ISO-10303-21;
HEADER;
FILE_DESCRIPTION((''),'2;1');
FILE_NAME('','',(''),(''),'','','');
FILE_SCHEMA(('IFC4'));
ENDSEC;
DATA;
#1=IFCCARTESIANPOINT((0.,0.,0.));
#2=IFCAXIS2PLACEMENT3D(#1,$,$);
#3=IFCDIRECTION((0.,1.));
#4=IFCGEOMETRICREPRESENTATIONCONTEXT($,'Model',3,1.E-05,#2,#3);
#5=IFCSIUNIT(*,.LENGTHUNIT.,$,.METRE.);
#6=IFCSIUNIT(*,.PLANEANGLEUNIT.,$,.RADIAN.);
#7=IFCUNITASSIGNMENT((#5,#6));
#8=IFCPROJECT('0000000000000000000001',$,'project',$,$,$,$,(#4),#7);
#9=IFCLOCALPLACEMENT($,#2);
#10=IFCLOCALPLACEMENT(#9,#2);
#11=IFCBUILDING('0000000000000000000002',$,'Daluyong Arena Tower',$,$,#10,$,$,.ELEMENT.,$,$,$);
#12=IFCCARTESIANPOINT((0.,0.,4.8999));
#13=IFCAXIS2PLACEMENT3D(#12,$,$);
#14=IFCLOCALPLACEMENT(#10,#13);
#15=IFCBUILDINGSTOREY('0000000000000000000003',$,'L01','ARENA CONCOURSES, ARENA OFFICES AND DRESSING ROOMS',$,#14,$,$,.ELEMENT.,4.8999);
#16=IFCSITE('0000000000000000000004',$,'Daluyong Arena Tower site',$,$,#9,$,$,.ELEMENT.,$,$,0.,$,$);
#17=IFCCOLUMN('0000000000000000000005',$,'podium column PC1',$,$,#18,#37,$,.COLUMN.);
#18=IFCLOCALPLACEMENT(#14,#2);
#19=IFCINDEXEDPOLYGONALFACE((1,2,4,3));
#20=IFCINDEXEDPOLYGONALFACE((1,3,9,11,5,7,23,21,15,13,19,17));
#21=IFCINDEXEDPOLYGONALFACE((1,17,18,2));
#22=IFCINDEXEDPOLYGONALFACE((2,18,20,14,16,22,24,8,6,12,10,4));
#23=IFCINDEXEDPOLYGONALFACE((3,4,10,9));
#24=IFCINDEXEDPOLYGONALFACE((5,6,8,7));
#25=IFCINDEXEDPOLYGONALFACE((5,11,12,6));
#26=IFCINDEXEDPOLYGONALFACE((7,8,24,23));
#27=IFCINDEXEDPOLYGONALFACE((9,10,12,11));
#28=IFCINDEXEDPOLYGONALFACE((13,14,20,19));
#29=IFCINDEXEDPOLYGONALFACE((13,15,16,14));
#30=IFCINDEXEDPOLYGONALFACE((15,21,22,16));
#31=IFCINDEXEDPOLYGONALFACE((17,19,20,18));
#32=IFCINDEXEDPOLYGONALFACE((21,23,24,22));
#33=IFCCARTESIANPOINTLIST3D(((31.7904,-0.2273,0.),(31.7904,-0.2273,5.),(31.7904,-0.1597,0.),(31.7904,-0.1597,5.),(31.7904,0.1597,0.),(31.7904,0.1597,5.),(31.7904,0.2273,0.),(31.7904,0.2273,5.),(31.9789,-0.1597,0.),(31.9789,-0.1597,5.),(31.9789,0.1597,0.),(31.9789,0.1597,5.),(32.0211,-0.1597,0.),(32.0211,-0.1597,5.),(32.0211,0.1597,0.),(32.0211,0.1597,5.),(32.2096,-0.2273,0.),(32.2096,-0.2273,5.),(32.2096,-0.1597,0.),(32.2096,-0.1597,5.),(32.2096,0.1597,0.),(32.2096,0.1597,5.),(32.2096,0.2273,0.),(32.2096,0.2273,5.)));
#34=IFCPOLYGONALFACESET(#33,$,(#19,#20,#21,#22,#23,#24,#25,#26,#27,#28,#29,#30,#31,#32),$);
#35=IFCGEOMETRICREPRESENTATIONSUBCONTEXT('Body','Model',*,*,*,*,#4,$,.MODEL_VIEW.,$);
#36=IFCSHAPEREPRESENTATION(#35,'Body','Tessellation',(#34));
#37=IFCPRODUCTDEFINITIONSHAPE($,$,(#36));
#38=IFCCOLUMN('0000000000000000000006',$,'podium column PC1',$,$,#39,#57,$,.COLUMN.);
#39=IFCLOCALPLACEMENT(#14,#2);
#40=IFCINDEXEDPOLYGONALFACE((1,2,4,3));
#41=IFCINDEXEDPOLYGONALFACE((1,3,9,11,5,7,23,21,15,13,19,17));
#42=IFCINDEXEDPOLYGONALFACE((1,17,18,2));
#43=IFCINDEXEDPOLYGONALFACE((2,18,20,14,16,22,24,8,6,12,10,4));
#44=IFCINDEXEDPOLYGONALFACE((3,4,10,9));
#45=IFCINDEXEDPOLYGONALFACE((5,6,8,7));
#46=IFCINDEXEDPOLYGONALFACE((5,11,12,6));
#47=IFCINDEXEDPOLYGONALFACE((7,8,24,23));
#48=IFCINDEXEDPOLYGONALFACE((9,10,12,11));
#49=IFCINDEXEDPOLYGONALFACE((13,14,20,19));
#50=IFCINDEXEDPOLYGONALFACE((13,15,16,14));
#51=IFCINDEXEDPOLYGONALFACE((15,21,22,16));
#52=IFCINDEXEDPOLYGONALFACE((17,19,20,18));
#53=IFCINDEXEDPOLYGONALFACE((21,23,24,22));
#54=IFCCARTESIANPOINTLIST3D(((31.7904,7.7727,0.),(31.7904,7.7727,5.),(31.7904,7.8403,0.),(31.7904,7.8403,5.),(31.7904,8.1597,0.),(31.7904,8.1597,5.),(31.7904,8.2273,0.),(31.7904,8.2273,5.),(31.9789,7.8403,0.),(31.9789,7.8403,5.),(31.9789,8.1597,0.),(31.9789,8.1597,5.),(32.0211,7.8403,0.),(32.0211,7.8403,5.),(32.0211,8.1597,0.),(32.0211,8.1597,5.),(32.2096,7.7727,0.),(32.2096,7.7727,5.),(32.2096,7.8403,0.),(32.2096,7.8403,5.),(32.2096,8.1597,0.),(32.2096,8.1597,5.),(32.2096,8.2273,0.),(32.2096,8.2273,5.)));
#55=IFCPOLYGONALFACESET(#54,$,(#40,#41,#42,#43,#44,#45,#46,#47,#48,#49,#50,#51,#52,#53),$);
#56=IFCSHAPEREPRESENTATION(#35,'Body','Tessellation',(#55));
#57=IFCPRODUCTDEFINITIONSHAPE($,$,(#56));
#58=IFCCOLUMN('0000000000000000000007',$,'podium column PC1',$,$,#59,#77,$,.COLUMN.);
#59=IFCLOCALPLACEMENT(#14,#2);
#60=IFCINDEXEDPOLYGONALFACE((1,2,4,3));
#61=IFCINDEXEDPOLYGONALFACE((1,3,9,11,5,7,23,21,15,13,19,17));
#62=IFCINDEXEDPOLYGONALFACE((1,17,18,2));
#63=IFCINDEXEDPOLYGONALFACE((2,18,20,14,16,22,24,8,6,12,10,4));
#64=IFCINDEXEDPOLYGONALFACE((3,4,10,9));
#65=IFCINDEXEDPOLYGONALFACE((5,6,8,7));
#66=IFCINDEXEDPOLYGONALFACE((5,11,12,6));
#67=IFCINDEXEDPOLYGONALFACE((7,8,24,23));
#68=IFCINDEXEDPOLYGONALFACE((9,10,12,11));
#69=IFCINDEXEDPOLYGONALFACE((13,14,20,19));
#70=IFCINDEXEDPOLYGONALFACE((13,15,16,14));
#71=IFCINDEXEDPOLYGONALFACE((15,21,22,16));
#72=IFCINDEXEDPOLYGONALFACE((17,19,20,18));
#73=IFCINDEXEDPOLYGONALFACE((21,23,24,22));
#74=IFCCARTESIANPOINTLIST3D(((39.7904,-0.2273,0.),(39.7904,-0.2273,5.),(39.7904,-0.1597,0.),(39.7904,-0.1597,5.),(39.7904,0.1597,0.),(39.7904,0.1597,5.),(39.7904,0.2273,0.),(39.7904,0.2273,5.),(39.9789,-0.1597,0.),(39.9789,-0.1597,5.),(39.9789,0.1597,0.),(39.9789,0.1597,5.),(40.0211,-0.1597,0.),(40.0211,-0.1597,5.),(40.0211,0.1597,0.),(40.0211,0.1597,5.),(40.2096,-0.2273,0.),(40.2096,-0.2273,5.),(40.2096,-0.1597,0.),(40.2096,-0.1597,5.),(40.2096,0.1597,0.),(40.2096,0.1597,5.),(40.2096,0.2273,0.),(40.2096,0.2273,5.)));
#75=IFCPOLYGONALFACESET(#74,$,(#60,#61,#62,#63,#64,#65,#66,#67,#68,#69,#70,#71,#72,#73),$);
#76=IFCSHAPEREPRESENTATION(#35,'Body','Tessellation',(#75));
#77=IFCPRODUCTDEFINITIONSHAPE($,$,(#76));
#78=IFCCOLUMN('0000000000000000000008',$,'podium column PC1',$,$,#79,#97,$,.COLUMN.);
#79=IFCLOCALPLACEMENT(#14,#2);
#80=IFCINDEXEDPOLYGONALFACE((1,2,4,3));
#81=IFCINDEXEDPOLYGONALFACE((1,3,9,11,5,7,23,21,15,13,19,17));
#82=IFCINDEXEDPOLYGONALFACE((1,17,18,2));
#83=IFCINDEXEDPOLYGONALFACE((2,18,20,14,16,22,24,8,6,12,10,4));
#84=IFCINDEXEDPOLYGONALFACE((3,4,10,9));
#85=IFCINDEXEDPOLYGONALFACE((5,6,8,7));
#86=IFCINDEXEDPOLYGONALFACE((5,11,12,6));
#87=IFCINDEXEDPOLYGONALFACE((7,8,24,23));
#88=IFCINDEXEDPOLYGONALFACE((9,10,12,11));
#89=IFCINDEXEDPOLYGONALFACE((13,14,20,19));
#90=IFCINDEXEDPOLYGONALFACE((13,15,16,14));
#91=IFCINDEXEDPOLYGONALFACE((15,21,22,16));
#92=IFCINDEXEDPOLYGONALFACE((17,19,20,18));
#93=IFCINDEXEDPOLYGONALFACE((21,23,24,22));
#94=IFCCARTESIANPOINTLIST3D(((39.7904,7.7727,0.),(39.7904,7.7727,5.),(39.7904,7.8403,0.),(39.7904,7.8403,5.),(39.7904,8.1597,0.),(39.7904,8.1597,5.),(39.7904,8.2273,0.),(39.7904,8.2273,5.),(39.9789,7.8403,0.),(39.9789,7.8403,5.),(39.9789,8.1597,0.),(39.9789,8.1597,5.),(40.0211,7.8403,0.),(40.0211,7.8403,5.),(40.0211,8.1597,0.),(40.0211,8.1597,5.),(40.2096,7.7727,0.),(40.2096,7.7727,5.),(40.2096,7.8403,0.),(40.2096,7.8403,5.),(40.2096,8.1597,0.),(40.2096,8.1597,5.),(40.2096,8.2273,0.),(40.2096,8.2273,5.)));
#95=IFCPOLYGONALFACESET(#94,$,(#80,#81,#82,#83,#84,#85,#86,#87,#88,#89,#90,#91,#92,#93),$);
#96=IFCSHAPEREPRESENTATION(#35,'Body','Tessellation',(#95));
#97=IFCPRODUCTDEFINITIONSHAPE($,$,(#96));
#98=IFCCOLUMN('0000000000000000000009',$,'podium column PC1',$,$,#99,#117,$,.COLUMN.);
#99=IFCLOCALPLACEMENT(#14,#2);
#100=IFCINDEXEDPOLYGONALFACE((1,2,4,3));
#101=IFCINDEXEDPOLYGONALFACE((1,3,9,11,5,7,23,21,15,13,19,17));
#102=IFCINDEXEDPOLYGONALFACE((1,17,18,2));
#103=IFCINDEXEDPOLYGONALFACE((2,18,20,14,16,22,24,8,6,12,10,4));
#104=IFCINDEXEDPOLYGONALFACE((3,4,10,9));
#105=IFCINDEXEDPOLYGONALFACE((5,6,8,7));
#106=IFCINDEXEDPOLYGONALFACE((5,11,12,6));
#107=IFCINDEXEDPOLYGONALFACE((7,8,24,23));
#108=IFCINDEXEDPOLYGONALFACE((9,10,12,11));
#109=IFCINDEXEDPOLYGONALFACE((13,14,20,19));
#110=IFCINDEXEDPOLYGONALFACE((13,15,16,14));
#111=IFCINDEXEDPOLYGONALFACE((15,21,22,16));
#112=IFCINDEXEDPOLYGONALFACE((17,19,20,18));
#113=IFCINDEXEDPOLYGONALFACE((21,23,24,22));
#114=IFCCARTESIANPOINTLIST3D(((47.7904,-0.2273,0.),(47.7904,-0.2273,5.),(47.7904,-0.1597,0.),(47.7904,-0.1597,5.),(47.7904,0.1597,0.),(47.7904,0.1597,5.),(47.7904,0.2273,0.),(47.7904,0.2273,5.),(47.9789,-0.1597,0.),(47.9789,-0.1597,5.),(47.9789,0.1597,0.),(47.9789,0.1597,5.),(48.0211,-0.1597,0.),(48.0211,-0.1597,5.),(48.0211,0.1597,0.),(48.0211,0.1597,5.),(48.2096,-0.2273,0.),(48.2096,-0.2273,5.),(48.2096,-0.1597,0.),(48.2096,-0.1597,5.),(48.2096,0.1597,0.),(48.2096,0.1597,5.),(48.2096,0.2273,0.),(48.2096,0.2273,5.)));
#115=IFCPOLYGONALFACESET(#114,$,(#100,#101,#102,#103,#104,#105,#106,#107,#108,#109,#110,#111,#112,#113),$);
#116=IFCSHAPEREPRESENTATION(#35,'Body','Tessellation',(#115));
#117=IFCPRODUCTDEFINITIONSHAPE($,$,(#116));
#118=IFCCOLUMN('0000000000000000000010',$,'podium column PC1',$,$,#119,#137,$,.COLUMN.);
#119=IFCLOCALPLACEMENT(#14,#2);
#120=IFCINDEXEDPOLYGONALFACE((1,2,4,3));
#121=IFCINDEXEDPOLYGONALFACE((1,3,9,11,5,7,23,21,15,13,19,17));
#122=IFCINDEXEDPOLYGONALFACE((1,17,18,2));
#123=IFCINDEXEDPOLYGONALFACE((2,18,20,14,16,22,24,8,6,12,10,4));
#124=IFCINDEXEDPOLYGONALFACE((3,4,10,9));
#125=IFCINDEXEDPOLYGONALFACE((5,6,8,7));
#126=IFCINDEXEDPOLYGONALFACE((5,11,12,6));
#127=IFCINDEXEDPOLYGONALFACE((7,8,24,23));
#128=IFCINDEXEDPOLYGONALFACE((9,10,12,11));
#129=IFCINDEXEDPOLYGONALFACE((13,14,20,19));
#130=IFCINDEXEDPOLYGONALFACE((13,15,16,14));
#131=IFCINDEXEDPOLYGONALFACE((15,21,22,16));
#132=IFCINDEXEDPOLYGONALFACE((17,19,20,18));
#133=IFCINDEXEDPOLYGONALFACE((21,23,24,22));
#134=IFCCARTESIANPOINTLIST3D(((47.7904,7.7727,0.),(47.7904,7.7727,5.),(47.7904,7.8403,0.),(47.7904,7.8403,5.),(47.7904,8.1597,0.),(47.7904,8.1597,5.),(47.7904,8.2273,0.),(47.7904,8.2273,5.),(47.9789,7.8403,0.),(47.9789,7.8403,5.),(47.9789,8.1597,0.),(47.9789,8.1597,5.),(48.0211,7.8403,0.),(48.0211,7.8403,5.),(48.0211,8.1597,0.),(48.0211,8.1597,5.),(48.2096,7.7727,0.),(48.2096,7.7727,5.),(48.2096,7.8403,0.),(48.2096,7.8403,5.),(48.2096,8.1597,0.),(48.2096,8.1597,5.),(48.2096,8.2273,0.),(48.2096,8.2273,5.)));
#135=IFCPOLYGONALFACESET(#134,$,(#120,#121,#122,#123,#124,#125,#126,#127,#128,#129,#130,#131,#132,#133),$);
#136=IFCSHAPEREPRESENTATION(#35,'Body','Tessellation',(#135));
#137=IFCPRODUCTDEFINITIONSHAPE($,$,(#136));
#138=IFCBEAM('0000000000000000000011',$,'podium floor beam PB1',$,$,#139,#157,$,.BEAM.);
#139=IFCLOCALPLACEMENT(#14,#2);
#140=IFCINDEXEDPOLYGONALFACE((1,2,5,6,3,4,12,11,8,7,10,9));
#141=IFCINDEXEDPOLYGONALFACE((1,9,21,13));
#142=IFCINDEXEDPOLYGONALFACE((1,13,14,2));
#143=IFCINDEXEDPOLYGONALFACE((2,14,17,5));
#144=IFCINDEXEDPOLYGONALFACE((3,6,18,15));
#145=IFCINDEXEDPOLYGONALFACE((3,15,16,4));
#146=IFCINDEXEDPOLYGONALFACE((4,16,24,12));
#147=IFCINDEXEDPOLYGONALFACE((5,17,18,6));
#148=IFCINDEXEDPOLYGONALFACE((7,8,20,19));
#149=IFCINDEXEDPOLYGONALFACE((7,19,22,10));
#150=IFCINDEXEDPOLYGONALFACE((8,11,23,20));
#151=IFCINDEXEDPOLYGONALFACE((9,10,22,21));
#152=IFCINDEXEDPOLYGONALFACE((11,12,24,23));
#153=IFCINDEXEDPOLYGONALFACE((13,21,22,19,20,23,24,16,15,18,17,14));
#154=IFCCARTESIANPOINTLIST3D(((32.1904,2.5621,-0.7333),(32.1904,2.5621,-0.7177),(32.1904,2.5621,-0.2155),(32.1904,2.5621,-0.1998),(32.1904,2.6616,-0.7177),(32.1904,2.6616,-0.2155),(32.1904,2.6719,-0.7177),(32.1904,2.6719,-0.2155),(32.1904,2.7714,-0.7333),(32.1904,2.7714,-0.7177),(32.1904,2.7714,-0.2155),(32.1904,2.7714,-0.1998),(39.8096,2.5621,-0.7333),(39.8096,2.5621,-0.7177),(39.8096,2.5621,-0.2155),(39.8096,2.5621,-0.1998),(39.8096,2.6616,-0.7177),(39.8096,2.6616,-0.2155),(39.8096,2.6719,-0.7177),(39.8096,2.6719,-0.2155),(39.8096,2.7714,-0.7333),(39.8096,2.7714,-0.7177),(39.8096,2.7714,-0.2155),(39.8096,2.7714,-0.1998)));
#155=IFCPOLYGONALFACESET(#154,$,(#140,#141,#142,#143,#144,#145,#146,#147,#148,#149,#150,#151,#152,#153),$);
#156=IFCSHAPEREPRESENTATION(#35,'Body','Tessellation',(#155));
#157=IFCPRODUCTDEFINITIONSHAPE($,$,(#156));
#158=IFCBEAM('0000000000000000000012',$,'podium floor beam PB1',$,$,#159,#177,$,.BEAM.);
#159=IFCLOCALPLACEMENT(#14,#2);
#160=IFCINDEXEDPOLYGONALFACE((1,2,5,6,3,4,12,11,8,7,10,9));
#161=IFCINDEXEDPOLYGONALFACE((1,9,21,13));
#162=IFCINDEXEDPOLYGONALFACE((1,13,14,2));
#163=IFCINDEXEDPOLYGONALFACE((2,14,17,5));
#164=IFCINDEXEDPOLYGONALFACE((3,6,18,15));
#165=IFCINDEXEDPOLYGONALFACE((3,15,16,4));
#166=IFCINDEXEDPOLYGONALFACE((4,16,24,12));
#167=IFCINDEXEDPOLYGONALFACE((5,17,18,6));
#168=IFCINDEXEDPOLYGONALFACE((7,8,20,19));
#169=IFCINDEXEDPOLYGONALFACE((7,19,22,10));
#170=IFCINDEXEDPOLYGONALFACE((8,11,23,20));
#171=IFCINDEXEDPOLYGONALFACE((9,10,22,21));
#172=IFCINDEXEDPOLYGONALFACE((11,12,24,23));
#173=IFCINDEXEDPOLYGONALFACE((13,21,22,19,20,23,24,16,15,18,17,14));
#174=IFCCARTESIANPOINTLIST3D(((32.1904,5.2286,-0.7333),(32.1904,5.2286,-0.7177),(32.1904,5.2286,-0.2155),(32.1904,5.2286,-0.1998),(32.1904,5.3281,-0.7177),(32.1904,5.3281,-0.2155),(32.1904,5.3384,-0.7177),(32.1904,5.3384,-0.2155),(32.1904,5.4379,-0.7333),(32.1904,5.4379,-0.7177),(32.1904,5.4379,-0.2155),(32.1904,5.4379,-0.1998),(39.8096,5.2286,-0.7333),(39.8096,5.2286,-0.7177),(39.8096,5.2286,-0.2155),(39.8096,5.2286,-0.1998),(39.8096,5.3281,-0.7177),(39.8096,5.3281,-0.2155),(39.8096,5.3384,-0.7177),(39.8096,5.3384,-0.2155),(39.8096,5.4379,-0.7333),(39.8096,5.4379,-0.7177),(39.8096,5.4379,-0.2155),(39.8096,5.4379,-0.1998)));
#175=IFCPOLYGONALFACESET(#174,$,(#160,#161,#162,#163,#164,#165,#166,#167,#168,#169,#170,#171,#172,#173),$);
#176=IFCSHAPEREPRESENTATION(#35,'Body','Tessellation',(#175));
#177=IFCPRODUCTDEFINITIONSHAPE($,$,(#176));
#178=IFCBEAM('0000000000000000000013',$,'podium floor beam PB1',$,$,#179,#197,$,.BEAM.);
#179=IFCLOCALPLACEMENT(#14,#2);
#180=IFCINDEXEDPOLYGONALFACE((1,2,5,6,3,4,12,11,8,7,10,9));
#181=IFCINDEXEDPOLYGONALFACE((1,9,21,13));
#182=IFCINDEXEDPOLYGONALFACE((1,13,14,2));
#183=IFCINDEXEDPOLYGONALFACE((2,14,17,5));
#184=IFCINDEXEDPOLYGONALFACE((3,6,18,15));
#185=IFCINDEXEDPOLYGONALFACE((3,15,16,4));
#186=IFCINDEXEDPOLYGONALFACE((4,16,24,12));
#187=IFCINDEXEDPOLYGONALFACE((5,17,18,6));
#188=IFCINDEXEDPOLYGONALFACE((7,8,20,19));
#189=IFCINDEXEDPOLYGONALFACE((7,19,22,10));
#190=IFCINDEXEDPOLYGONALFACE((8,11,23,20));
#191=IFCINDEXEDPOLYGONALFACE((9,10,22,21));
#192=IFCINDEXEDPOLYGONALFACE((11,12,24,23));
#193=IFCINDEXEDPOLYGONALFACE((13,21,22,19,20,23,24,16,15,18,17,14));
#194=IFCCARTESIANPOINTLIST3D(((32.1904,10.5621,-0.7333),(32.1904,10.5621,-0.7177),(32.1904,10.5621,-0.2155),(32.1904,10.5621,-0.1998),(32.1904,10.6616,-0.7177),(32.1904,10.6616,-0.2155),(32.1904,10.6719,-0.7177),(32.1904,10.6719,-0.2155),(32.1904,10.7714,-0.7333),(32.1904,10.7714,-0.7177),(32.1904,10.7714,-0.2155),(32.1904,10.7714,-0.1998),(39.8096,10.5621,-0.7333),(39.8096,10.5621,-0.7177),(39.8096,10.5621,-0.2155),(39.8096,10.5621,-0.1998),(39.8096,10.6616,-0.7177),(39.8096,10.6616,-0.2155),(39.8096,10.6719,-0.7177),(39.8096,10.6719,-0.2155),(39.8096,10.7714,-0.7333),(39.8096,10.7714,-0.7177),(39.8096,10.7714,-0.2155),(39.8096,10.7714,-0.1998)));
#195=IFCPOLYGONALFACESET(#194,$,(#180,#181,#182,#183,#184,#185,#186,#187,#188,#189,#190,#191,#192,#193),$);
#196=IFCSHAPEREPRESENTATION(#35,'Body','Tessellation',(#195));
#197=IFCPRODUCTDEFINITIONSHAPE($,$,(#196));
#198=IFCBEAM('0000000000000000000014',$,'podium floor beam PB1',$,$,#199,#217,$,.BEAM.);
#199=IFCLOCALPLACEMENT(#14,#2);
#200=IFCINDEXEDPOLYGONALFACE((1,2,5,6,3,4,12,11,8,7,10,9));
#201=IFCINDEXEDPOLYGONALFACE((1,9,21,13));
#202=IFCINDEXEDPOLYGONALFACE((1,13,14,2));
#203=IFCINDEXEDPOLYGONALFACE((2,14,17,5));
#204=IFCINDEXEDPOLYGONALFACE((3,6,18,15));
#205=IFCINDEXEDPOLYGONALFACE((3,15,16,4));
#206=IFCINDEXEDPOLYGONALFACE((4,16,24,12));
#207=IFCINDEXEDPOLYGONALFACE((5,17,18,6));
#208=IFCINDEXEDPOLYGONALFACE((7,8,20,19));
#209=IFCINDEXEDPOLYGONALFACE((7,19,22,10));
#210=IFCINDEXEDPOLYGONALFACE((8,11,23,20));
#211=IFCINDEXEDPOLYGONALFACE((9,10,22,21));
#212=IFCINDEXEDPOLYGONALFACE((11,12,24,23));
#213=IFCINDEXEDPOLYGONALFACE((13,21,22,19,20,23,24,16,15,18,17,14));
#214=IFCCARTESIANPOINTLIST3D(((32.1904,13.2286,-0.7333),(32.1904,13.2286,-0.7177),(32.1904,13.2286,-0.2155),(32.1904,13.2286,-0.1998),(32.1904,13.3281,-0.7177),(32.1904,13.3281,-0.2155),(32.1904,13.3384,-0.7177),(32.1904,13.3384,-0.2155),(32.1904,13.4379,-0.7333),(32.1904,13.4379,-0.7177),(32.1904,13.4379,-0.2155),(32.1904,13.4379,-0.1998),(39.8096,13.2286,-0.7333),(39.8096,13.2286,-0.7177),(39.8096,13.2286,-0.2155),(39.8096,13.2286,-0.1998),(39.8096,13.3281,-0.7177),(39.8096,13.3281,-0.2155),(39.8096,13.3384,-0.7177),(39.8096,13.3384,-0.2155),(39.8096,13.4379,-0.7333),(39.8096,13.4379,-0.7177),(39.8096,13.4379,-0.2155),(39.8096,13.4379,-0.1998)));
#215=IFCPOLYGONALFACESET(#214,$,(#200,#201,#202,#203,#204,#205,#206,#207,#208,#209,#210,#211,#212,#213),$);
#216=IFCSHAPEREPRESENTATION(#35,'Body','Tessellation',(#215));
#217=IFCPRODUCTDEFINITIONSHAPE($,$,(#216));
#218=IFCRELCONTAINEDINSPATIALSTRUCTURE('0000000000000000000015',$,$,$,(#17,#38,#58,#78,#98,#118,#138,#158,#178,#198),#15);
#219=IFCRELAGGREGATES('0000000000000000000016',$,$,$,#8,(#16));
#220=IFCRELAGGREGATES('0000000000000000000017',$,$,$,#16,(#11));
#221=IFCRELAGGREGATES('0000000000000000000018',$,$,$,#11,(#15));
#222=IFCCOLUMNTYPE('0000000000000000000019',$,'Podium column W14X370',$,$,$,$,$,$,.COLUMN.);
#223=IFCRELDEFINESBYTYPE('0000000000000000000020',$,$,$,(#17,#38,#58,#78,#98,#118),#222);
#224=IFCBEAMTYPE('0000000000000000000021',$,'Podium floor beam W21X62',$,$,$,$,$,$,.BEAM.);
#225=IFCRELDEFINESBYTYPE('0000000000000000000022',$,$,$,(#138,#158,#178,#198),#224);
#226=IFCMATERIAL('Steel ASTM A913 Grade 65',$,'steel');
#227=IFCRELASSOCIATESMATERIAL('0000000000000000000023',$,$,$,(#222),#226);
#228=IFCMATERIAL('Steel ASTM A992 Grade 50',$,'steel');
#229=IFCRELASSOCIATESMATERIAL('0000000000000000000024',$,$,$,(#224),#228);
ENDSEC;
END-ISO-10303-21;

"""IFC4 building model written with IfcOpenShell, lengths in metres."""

from ifc_helpers import new_model, si_unit, direction, frame, origin, origin_2d, place, context, subcontext, project, spatial, i_section, extrude, material, material_profile, profile_set, type_object, element, save


model = new_model("IFC4")

# Units and contexts
model_context = context("Model", 3, precision=1e-05, world=origin(), true_north=direction((0.0, 1.0)))
body_context = subcontext(model_context, "Body", "Model", "MODEL_VIEW")
ifc_project = project(units=[si_unit("LENGTHUNIT", "METRE"), si_unit("PLANEANGLEUNIT", "RADIAN")], contexts=[model_context])

# Site, building, storey
site_placement = place(None, origin())
site = spatial("IfcSite", under=ifc_project, at=site_placement, Name="Daluyong Arena Tower site", CompositionType="ELEMENT", RefElevation=0.0)
building_placement = place(site_placement, origin())
building = spatial("IfcBuilding", under=site, at=building_placement, Name="Daluyong Arena Tower", CompositionType="ELEMENT")
storey_placement = place(building_placement, frame((0.0, 0.0, 4.8999)))
storey = spatial("IfcBuildingStorey", under=building, at=storey_placement, Name="L01", Description="ARENA CONCOURSES, ARENA OFFICES AND DRESSING ROOMS", CompositionType="ELEMENT", Elevation=4.8999)

# Columns
ifc_material_1 = material(Name="Steel ASTM A913 Grade 65", Category="steel")
ifc_material_profile_1 = material_profile(ifc_material_1, i_section(OverallWidth=0.4192, OverallDepth=0.4546, WebThickness=0.0422, FlangeThickness=0.0676, at=origin_2d()))
ifc_profile_set_1 = profile_set([ifc_material_profile_1], Name="Steel ASTM A913 Grade 65")
column_type = type_object("IfcColumnType", Name="Podium column W14X370", PredefinedType="COLUMN", material=ifc_profile_set_1)
for number, where, z_axis, x_axis, name in (
    (1, (32.0, 0.0, 0.0), (0.0, 0.0, 1.0), (1.0, 0.0, 0.0), "podium column PC1"),
    (2, (32.0, 8.0, 0.0), (0.0, 0.0, 1.0), (1.0, 0.0, 0.0), "podium column PC1"),
    (3, (40.0, 0.0, 0.0), (0.0, 0.0, 1.0), (1.0, 0.0, 0.0), "podium column PC1"),
    (4, (40.0, 8.0, 0.0), (0.0, 0.0, 1.0), (1.0, 0.0, 0.0), "podium column PC1"),
    (5, (48.0, 0.0, 0.0), (0.0, 0.0, 1.0), (1.0, 0.0, 0.0), "podium column PC1"),
    (6, (48.0, 8.0, 0.0), (0.0, 0.0, 1.0), (1.0, 0.0, 0.0), "podium column PC1"),
):
    element("IfcColumn", number, at=place(storey_placement, frame(where, z_axis=z_axis, x_axis=x_axis)), inside=storey, type_object=column_type, Name=name, PredefinedType="COLUMN", context=body_context, shape_type="SweptSolid", body=[
        extrude(i_section(OverallWidth=0.4192, OverallDepth=0.4546, WebThickness=0.0422, FlangeThickness=0.0676, at=origin_2d()), origin(), (0.0, 0.0, 1.0), 5.0),
    ])

# Beams
ifc_material_2 = material(Name="Steel ASTM A992 Grade 50", Category="steel")
ifc_material_profile_2 = material_profile(ifc_material_2, i_section(OverallWidth=0.2092, OverallDepth=0.5334, WebThickness=0.0103, FlangeThickness=0.0156, at=origin_2d()))
ifc_profile_set_2 = profile_set([ifc_material_profile_2], Name="Steel ASTM A992 Grade 50")
beam_type_1 = type_object("IfcBeamType", Name="Podium floor beam W21X62", PredefinedType="BEAM", material=ifc_profile_set_2)
for number, where, z_axis, x_axis, name in (
    (7, (32.1904, 2.6667, -0.4666), (1.0, 0.0, 0.0), (0.0, 1.0, 0.0), "podium floor beam PB1"),
    (8, (32.1904, 5.3333, -0.4666), (1.0, 0.0, 0.0), (0.0, 1.0, 0.0), "podium floor beam PB1"),
    (9, (32.1904, 10.6667, -0.4666), (1.0, 0.0, 0.0), (0.0, 1.0, 0.0), "podium floor beam PB1"),
    (10, (32.1904, 13.3333, -0.4666), (1.0, 0.0, 0.0), (0.0, 1.0, 0.0), "podium floor beam PB1"),
):
    element("IfcBeam", number, at=place(storey_placement, frame(where, z_axis=z_axis, x_axis=x_axis)), inside=storey, type_object=beam_type_1, Name=name, PredefinedType="BEAM", context=body_context, shape_type="SweptSolid", body=[
        extrude(i_section(OverallWidth=0.2092, OverallDepth=0.5334, WebThickness=0.0103, FlangeThickness=0.0156, at=origin_2d()), origin(), (0.0, 0.0, 1.0), 7.6191),
    ])

save(model, "model.ifc")
